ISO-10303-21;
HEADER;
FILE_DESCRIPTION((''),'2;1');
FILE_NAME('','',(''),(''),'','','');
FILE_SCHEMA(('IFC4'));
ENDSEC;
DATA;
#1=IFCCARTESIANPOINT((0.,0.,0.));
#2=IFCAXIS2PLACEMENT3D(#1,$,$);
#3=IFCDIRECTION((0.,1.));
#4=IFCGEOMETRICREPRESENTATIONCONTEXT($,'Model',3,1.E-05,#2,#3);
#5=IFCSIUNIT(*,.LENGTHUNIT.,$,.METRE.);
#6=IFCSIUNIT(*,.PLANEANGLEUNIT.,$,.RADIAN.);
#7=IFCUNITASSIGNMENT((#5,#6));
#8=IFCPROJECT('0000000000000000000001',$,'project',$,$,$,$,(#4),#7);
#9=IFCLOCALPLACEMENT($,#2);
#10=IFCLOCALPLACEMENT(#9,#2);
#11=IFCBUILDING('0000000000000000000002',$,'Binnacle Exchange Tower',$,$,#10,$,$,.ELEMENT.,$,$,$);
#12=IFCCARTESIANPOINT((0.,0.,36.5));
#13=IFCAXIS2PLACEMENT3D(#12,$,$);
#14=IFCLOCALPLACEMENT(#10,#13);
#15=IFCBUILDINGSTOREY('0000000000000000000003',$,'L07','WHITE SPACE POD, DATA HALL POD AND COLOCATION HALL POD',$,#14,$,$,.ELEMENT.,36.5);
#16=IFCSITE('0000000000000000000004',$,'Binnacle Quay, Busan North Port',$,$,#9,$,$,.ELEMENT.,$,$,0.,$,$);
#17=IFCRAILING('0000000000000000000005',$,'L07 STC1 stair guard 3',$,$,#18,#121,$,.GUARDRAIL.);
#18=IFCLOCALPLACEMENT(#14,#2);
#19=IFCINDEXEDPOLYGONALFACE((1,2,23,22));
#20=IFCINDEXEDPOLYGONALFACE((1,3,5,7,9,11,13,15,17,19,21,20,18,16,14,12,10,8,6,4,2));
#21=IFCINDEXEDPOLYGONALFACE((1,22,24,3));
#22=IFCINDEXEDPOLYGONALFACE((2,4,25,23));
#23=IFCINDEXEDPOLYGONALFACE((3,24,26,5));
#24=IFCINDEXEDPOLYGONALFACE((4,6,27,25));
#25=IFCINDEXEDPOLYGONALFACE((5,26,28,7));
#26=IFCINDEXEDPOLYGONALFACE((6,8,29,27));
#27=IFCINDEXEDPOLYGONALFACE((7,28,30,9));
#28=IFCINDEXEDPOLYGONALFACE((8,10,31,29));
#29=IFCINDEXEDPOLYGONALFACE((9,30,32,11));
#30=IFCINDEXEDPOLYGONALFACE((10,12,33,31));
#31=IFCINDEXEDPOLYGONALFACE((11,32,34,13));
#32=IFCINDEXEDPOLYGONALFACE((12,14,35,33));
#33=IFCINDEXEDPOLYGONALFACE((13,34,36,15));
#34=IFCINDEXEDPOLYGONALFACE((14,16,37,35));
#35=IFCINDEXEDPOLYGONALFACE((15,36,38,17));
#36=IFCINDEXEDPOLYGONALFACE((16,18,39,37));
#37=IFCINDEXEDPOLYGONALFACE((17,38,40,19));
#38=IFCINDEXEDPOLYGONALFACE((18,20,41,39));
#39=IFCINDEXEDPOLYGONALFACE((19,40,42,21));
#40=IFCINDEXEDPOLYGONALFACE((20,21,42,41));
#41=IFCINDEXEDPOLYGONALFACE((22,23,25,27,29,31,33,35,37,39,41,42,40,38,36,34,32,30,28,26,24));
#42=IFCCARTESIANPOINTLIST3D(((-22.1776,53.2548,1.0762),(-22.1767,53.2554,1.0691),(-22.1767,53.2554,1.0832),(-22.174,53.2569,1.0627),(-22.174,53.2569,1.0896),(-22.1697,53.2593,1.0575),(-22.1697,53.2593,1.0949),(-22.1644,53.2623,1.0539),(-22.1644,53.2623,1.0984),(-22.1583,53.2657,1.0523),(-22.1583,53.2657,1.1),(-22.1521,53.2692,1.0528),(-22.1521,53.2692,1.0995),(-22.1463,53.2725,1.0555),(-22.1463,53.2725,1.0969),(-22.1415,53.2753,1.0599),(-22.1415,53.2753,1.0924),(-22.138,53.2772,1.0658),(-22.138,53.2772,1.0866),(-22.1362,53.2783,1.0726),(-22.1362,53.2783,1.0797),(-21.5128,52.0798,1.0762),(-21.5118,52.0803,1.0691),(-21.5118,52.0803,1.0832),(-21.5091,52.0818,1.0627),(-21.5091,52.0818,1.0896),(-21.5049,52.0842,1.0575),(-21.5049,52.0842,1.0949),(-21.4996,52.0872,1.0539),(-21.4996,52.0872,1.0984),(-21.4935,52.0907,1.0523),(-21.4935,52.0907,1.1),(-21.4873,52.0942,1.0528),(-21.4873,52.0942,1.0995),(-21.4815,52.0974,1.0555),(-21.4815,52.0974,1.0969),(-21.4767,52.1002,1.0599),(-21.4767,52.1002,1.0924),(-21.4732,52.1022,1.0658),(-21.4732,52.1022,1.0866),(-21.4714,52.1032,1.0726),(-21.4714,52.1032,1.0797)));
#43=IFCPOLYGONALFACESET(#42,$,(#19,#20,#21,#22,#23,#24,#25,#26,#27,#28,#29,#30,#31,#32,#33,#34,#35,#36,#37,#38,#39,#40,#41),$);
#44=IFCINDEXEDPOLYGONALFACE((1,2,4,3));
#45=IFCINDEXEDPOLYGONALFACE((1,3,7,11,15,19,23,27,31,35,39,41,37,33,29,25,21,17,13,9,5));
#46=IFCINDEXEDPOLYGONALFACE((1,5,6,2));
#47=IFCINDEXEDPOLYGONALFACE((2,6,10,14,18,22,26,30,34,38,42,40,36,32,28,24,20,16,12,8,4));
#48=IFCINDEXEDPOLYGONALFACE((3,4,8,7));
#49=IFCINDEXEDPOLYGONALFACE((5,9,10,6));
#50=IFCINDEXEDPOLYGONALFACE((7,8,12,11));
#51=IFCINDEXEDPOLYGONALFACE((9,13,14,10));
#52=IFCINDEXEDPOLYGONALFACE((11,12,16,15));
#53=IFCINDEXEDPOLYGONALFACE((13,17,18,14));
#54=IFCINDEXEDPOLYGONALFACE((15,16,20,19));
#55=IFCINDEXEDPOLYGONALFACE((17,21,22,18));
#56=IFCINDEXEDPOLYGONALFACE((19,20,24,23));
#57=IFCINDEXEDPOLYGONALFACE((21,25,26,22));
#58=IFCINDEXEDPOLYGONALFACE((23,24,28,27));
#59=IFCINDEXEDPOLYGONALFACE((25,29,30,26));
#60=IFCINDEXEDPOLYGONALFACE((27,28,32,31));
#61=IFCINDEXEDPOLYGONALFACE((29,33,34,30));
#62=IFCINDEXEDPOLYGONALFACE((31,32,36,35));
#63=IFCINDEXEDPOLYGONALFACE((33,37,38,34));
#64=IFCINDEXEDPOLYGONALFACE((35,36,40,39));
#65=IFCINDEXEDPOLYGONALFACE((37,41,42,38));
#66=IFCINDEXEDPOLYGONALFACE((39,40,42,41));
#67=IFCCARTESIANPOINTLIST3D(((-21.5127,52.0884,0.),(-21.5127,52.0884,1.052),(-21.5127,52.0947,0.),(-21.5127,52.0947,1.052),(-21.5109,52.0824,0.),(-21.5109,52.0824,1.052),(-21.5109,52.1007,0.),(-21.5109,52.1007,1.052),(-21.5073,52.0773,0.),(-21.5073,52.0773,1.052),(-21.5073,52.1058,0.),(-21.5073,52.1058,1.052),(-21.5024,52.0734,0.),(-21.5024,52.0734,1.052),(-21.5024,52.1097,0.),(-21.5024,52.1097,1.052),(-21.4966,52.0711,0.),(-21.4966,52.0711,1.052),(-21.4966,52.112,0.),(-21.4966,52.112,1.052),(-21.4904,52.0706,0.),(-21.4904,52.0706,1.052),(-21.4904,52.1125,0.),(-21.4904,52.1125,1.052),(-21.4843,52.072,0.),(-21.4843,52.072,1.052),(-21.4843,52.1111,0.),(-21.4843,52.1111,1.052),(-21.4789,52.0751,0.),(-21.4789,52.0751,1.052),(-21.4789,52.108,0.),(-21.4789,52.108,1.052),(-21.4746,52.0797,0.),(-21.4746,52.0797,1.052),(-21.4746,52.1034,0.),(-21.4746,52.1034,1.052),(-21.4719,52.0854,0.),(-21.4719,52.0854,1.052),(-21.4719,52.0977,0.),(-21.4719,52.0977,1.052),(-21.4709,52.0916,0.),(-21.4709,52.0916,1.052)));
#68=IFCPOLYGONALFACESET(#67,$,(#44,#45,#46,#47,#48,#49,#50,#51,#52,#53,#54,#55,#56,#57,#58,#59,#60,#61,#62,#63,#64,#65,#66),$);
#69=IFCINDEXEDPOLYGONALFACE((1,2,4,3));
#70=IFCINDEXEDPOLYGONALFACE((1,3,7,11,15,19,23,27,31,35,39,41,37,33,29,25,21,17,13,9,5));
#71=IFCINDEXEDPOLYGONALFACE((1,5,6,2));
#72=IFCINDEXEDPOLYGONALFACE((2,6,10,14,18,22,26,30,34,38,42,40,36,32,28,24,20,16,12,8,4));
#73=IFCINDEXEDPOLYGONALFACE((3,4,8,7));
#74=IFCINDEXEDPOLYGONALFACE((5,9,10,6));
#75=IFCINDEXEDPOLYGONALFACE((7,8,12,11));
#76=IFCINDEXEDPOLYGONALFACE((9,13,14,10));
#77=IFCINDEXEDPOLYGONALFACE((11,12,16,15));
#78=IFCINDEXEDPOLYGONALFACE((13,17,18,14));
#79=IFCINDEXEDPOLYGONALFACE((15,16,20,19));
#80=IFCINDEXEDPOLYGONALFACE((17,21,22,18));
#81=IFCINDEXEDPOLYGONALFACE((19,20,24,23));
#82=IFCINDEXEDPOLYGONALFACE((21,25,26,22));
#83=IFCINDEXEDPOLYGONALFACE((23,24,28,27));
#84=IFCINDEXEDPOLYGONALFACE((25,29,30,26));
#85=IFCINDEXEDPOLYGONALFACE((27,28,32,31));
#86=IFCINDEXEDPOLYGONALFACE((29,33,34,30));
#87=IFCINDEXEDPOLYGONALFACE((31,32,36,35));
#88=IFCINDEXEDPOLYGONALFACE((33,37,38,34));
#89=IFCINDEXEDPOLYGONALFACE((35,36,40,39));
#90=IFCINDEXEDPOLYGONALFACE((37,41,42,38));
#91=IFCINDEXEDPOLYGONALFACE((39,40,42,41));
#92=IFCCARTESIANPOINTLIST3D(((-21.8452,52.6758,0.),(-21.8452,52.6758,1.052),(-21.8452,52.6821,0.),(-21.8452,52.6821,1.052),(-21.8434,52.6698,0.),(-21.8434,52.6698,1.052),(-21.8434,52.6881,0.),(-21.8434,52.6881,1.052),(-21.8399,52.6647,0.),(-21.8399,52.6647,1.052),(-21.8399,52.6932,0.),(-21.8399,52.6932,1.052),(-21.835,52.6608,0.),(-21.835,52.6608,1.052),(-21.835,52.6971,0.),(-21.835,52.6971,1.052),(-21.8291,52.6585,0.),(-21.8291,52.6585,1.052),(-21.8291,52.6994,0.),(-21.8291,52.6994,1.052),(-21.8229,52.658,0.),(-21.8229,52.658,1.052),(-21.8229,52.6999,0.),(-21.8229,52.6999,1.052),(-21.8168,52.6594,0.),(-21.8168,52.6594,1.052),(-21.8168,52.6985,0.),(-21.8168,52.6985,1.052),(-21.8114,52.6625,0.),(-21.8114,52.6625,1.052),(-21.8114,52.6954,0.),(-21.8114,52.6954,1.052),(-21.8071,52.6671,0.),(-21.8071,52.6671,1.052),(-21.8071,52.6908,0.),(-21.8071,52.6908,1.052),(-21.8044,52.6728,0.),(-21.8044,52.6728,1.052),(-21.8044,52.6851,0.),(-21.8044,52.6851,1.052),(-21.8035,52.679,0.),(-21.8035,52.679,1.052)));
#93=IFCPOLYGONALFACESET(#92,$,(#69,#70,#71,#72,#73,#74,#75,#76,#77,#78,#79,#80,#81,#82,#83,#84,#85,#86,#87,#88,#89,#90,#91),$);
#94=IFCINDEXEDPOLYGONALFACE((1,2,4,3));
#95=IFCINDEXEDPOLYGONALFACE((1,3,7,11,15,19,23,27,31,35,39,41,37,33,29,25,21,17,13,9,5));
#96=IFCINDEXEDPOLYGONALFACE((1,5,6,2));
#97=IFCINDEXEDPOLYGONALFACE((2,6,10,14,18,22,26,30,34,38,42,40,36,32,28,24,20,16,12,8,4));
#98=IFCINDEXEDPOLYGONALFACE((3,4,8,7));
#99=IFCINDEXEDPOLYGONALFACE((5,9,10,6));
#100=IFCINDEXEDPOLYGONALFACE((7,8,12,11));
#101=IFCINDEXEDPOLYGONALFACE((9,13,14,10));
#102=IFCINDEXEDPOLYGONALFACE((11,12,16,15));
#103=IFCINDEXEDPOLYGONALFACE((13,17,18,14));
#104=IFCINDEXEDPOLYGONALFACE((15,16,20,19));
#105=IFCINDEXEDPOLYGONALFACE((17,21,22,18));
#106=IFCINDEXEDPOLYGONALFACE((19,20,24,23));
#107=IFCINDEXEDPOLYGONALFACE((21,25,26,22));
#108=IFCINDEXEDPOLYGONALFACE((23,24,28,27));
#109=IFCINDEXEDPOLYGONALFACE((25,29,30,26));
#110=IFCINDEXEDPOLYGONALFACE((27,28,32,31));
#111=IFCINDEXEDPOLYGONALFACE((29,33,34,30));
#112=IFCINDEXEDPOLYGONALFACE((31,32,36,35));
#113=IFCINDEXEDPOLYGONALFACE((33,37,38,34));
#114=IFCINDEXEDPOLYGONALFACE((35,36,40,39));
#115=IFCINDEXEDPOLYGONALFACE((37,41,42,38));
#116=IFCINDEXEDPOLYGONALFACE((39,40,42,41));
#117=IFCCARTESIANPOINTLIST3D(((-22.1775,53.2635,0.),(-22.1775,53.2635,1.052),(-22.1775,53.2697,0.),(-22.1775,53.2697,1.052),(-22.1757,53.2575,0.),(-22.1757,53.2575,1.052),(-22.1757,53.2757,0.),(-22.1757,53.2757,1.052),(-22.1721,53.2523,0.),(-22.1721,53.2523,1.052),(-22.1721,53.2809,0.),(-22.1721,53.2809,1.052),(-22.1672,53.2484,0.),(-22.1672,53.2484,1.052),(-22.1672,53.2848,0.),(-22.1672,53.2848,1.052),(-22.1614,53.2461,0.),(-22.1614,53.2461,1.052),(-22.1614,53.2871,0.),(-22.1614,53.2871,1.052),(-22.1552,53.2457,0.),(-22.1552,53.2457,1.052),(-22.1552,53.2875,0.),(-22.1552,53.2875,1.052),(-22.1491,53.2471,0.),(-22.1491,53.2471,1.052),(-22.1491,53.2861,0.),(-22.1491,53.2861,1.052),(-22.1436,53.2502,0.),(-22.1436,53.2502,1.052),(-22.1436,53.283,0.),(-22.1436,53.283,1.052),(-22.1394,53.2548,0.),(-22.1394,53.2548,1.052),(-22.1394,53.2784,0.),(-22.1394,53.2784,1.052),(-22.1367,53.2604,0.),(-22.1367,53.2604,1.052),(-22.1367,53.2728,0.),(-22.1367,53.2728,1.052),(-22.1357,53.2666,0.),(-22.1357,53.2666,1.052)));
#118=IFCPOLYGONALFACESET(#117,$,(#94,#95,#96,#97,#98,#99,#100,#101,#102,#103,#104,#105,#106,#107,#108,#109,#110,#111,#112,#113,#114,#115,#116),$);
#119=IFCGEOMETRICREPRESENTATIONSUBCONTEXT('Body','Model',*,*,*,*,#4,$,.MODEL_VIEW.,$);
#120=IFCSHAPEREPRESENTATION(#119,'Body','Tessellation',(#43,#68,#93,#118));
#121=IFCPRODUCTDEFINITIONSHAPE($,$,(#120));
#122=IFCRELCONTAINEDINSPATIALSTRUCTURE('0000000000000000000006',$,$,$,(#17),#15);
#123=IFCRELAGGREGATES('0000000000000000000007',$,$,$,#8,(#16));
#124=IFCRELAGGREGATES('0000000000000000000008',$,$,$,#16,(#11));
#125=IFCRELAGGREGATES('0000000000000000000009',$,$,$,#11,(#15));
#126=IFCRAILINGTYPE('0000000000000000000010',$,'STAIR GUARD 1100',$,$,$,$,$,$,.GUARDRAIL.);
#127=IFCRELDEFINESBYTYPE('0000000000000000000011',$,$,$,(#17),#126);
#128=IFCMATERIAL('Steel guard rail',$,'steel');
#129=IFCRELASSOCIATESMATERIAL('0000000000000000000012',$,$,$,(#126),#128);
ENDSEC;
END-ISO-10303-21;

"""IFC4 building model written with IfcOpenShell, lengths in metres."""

from ifc_helpers import new_model, si_unit, direction, frame, origin, origin_2d, place, context, subcontext, project, spatial, circle, extrude, material, type_object, element, save


model = new_model("IFC4")

# Units and contexts
model_context = context("Model", 3, precision=1e-05, world=origin(), true_north=direction((0.0, 1.0)))
body_context = subcontext(model_context, "Body", "Model", "MODEL_VIEW")
ifc_project = project(units=[si_unit("LENGTHUNIT", "METRE"), si_unit("PLANEANGLEUNIT", "RADIAN")], contexts=[model_context])

# Site, building, storey
site_placement = place(None, origin())
site = spatial("IfcSite", under=ifc_project, at=site_placement, Name="Binnacle Quay, Busan North Port", CompositionType="ELEMENT", RefElevation=0.0)
building_placement = place(site_placement, origin())
building = spatial("IfcBuilding", under=site, at=building_placement, Name="Binnacle Exchange Tower", CompositionType="ELEMENT")
storey_placement = place(building_placement, frame((0.0, 0.0, 36.5)))
storey = spatial("IfcBuildingStorey", under=building, at=storey_placement, Name="L07", Description="WHITE SPACE POD, DATA HALL POD AND COLOCATION HALL POD", CompositionType="ELEMENT", Elevation=36.5)

# Railing
ifc_material_1 = material(Name="Steel guard rail", Category="steel")
railing_type = type_object("IfcRailingType", Name="STAIR GUARD 1100", PredefinedType="GUARDRAIL", material=ifc_material_1)
railing_1_placement = place(storey_placement, frame((-21.4919, 52.0916, 0.0)))
element("IfcRailing", 1, at=railing_1_placement, inside=storey, type_object=railing_type, Name="L07 STC1 stair guard 3", PredefinedType="GUARDRAIL", context=body_context, shape_type="SweptSolid", body=[
    extrude(circle(Radius=0.0239, at=origin_2d()), frame((0.0, 0.0, 1.0762), z_axis=(-0.492415, 0.870361, 0.0), x_axis=(-0.870361, -0.492415, 0.0)), (0.0, 0.0, 1.0), 1.3501),
    extrude(circle(Radius=0.021, at=origin_2d()), origin(), (0.0, 0.0, 1.0), 1.052),
    extrude(circle(Radius=0.021, at=origin_2d()), frame((-0.3325, 0.5874, 0.0)), (0.0, 0.0, 1.0), 1.052),
    extrude(circle(Radius=0.021, at=origin_2d()), frame((-0.6648, 1.175, 0.0)), (0.0, 0.0, 1.0), 1.052),
])

save(model, "model.ifc")
